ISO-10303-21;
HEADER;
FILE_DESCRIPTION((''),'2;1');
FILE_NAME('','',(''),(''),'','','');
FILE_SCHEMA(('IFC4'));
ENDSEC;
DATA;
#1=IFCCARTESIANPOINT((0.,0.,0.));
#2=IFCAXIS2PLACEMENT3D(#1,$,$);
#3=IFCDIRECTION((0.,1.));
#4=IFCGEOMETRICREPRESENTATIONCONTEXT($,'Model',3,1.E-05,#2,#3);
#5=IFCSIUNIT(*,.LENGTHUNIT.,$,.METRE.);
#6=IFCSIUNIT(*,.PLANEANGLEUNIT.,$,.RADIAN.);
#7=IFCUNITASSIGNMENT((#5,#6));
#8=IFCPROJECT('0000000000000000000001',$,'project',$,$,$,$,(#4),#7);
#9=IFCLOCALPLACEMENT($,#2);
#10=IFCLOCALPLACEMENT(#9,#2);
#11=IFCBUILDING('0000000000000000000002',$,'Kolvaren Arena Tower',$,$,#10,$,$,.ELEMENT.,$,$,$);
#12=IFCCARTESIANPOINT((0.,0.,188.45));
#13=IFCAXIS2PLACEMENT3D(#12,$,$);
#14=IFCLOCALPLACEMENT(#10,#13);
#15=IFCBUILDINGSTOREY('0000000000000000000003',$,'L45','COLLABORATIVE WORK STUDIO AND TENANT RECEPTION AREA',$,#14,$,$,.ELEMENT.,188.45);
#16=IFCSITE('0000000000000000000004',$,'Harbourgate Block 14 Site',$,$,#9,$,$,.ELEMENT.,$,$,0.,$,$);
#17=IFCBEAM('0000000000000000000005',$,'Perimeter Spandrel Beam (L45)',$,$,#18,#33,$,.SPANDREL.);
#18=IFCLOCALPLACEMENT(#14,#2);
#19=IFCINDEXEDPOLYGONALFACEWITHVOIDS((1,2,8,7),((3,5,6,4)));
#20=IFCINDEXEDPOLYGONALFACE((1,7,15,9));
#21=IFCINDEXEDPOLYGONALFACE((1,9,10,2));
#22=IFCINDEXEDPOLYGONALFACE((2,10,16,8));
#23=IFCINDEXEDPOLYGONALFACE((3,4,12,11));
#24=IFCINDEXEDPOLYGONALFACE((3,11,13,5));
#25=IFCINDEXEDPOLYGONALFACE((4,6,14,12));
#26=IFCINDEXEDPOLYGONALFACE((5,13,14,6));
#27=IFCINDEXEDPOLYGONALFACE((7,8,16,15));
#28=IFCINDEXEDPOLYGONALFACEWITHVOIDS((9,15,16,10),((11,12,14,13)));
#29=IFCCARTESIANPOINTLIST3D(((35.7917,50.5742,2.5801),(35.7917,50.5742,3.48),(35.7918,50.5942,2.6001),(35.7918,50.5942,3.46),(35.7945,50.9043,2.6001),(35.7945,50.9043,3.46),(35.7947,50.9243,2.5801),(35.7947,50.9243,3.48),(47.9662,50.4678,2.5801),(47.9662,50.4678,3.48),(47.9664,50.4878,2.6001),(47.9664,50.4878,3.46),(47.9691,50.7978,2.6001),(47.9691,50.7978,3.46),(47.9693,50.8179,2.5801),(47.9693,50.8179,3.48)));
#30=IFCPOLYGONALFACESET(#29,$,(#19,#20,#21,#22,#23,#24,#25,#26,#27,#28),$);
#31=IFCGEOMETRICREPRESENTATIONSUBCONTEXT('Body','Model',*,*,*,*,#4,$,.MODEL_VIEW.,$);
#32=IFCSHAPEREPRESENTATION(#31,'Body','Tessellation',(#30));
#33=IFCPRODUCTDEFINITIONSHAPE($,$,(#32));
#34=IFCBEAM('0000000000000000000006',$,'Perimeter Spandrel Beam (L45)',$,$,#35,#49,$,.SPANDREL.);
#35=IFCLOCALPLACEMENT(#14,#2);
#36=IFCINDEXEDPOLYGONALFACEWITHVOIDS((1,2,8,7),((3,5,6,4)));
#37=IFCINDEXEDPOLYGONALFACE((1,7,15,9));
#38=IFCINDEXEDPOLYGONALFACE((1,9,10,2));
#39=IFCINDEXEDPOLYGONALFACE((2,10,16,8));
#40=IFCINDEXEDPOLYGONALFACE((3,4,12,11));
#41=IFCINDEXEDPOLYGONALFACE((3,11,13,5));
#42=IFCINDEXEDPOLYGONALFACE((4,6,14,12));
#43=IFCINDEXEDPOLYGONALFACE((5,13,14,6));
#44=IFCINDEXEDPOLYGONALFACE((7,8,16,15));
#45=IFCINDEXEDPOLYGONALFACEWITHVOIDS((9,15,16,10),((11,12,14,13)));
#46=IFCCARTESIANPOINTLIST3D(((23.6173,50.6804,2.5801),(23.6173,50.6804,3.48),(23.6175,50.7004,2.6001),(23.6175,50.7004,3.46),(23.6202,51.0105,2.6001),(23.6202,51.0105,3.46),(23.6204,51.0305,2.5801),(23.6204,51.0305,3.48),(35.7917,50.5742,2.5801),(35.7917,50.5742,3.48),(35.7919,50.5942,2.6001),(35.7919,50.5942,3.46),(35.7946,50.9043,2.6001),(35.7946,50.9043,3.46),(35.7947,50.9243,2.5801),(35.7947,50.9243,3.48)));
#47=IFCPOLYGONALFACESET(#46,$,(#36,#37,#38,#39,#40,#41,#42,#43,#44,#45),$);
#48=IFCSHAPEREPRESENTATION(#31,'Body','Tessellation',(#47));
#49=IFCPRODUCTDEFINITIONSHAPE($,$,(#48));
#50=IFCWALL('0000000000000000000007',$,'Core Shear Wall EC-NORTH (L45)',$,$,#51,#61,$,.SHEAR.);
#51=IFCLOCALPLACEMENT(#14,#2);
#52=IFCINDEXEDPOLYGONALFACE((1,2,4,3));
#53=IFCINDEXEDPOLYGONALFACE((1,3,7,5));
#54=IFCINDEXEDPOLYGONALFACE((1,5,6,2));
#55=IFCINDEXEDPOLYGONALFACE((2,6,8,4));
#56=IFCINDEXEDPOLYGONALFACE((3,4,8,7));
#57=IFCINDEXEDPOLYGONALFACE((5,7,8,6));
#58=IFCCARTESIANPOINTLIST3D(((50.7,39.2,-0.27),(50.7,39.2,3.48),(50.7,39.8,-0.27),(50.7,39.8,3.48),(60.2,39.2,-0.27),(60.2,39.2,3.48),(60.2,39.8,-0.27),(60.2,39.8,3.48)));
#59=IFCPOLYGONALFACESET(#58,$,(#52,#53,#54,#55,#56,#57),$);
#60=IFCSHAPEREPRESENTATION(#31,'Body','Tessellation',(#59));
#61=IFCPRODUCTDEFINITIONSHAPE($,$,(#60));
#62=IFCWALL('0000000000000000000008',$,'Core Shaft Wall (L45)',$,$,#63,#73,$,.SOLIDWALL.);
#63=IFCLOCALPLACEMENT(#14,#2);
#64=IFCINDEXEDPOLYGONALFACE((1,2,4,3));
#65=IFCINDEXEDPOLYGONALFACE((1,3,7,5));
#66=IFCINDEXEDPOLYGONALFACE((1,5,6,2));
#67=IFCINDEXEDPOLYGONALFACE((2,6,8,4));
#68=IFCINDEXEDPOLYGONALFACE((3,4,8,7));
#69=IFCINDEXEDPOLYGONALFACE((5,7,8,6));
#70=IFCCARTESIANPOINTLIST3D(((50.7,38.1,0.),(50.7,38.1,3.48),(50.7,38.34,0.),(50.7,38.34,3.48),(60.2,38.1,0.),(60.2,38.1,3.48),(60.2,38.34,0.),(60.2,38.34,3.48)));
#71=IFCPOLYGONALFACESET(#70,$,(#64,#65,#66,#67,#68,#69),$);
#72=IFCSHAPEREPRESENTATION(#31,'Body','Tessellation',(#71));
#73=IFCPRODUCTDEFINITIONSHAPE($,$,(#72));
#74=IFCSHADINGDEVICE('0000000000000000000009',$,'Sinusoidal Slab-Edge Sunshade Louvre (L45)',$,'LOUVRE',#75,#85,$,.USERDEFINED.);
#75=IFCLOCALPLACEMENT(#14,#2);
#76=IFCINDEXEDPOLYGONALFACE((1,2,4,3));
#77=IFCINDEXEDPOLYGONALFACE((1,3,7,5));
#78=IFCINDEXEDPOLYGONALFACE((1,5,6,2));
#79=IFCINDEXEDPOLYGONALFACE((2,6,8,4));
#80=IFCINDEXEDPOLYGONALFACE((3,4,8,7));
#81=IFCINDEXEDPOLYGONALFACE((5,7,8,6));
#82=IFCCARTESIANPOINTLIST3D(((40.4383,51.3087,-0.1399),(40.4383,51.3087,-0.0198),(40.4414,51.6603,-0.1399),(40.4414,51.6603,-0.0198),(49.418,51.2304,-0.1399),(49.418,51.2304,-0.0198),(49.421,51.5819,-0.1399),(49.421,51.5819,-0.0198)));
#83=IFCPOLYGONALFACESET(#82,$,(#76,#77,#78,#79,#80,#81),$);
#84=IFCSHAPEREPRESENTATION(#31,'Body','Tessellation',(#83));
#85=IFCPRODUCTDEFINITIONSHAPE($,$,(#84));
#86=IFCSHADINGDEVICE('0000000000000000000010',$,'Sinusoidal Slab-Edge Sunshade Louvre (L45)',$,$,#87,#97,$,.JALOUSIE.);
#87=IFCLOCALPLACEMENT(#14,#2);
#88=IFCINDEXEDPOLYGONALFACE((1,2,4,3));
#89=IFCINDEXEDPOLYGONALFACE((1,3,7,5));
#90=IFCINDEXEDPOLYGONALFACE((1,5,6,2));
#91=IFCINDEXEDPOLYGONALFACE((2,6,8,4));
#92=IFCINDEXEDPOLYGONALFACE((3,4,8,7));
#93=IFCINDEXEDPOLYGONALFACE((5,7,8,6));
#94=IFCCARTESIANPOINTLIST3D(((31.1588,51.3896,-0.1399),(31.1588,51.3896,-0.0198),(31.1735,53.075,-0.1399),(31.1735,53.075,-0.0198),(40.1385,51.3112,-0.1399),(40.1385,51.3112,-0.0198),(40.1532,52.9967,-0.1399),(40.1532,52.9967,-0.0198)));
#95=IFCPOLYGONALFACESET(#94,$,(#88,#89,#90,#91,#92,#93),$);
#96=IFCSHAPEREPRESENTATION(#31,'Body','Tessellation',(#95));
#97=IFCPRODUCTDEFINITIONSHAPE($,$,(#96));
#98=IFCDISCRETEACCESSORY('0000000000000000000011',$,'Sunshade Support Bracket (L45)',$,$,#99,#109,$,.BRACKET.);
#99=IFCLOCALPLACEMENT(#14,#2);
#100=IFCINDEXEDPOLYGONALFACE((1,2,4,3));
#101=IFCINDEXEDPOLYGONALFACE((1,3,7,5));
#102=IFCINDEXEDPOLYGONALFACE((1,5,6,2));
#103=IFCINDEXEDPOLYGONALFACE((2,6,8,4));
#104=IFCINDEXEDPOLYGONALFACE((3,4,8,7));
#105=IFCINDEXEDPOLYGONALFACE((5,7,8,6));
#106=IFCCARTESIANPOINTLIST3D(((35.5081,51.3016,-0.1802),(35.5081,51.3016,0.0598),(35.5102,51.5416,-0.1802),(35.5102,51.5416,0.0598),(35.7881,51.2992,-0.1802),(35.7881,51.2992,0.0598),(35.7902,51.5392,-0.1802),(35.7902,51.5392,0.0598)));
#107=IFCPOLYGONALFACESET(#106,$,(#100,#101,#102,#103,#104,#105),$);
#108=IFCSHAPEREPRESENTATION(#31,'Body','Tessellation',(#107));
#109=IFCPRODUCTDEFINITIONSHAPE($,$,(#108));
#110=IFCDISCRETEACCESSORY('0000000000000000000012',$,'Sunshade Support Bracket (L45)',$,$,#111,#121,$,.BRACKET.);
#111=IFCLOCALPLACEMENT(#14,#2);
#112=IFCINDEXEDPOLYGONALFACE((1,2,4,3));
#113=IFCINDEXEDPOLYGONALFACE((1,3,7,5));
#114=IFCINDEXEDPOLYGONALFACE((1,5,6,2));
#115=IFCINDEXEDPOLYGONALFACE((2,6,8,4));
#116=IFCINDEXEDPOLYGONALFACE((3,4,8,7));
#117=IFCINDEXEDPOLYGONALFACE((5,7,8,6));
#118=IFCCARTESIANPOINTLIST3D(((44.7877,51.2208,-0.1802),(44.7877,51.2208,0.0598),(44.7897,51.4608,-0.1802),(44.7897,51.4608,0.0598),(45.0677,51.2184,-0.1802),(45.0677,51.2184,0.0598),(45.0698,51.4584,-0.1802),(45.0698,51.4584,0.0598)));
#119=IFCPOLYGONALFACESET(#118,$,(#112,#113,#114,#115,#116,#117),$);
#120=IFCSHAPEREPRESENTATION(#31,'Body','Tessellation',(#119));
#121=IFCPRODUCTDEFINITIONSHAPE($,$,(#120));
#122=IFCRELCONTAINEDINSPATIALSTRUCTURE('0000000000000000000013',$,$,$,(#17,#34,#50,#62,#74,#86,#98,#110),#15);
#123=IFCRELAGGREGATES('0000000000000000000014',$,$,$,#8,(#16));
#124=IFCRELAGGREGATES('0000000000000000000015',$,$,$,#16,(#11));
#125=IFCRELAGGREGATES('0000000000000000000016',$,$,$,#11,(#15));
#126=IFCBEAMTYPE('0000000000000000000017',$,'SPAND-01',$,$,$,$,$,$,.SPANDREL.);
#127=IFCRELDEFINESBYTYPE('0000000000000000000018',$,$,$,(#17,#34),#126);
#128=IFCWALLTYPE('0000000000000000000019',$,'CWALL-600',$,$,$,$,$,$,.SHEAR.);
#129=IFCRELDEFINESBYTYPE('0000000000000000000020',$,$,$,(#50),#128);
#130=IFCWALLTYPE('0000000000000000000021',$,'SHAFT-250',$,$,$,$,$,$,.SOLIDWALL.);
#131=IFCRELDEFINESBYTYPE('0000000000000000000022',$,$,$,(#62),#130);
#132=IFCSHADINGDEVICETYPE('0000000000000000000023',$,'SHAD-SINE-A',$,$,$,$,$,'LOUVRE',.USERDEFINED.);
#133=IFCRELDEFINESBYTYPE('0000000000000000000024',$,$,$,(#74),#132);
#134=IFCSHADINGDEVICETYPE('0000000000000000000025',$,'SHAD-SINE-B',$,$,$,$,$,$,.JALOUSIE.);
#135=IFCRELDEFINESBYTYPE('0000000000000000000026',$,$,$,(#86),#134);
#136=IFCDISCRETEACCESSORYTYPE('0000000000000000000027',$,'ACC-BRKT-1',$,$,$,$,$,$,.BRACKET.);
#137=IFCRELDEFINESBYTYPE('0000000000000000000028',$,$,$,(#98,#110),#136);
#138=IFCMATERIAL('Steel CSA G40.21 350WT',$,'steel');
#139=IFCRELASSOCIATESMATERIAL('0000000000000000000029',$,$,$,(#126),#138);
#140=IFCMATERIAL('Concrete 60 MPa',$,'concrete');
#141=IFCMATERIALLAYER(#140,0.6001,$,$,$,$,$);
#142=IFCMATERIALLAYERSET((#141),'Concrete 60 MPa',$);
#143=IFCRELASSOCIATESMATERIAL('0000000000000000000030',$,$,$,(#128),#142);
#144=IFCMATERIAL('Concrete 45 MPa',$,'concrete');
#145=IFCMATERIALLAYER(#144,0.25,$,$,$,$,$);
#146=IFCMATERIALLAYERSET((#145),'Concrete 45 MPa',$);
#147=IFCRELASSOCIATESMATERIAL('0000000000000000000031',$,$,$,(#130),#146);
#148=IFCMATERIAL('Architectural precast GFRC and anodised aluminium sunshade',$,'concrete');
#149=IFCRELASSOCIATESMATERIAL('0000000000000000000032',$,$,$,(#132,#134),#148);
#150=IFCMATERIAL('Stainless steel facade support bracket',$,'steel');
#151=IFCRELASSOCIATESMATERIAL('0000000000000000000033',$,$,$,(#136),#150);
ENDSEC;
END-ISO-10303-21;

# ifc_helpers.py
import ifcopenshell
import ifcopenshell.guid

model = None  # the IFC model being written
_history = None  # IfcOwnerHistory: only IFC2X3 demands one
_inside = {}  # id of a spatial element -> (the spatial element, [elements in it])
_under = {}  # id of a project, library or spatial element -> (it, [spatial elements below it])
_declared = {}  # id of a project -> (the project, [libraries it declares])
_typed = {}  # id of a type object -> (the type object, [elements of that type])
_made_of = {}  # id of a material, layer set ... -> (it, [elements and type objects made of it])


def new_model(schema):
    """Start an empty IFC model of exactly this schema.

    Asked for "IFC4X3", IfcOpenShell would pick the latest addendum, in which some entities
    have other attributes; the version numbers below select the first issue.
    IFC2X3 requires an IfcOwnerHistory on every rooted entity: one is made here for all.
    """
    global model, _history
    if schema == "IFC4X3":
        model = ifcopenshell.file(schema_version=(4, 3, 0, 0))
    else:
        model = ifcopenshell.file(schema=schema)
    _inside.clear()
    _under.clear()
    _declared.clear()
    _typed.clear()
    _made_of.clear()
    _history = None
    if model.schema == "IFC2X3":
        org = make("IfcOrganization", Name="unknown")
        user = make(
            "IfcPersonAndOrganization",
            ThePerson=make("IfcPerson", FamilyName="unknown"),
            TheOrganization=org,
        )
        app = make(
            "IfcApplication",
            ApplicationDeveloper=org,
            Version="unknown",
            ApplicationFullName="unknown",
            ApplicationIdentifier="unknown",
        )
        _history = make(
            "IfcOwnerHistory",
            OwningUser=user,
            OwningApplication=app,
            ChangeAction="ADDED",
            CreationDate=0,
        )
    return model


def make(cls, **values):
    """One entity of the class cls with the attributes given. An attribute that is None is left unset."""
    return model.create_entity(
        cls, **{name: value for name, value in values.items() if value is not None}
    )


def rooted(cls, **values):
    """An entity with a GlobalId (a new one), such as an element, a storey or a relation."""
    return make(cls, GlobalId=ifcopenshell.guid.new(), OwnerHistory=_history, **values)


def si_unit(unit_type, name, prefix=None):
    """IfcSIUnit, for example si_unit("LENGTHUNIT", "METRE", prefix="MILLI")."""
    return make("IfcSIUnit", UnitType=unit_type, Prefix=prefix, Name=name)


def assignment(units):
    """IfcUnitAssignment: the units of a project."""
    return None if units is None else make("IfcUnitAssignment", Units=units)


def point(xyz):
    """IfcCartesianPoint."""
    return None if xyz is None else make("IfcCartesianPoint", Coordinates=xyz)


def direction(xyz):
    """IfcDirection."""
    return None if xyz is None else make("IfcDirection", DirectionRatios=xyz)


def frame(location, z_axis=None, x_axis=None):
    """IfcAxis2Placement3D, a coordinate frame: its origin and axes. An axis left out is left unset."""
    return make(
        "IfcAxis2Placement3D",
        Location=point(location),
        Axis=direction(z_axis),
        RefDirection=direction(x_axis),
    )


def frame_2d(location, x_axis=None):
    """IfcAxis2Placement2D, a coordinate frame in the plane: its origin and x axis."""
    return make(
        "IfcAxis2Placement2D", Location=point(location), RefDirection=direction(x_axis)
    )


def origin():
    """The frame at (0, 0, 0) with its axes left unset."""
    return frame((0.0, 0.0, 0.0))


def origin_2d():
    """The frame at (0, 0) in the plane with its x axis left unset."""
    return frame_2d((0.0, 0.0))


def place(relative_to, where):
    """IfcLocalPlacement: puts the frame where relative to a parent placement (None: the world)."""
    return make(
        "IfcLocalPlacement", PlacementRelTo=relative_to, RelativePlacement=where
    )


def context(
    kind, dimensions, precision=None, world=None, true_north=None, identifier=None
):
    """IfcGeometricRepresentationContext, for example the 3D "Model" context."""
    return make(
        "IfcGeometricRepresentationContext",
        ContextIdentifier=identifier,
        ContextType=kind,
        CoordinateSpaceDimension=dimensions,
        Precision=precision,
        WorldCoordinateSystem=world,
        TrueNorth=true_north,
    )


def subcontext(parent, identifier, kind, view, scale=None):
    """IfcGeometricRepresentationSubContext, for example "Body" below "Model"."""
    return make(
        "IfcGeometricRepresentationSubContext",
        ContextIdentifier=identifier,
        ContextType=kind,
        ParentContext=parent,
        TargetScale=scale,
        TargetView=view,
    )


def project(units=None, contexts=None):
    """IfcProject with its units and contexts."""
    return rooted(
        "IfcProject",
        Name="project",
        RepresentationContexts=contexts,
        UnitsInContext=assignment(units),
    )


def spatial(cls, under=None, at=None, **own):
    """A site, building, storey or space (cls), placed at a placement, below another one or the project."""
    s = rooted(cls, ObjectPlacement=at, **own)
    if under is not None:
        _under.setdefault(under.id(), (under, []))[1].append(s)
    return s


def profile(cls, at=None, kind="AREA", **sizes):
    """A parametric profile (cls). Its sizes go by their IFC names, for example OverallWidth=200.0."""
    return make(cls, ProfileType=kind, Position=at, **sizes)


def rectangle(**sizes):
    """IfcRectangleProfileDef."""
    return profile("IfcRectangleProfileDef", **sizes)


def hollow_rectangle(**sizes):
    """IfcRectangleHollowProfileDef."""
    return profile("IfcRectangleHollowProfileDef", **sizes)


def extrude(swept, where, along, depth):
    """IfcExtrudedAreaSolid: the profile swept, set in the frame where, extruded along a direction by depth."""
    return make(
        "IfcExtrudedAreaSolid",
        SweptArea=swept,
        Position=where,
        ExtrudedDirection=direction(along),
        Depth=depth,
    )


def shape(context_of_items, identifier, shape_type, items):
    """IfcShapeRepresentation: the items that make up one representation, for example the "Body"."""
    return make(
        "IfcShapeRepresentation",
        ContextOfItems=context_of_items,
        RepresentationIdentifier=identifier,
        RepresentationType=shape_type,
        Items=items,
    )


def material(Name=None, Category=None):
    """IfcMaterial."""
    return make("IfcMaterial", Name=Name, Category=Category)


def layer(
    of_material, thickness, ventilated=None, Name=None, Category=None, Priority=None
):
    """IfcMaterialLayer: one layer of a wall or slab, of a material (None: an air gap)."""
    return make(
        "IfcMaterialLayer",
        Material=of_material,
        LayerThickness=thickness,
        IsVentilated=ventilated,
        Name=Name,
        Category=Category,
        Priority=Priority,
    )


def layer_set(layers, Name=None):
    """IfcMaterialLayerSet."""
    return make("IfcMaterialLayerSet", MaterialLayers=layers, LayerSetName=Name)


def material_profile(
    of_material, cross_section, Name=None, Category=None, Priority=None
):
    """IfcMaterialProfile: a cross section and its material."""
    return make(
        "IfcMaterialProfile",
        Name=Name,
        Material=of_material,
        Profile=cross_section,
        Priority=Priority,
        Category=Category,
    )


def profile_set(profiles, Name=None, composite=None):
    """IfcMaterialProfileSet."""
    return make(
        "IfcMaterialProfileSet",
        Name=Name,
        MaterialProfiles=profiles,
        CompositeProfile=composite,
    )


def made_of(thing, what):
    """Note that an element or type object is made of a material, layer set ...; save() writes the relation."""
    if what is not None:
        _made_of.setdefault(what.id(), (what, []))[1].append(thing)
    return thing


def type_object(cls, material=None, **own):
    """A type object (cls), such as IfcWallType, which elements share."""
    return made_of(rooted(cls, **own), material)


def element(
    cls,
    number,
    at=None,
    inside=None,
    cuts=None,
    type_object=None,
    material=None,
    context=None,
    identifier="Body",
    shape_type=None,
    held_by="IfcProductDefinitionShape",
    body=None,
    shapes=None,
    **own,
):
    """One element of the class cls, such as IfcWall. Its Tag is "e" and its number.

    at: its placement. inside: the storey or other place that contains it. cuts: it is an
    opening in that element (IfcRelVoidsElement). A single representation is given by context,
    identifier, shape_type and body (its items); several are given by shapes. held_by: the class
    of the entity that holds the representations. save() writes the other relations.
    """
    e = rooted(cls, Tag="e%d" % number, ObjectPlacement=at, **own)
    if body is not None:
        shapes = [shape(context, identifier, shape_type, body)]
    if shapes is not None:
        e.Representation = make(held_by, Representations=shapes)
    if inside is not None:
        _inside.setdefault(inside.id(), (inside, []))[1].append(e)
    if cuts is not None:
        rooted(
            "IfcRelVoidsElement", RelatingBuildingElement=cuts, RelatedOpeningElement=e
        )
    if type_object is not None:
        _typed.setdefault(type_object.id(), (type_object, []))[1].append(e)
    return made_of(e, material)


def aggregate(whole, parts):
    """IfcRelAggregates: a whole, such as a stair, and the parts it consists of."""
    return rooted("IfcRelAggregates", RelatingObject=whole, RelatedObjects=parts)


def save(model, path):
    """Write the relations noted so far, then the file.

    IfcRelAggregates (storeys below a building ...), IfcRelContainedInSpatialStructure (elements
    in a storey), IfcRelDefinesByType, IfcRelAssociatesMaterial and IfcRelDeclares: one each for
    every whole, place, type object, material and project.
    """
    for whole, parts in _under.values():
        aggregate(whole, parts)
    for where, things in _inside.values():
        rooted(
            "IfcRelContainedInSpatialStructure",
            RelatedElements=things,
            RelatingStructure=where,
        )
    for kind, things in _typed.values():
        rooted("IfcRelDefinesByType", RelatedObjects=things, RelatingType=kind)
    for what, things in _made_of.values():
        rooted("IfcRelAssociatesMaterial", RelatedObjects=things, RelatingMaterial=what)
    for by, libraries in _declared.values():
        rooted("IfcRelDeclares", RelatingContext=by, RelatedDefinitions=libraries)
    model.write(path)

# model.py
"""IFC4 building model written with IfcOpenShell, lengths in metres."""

from ifc_helpers import new_model, si_unit, direction, frame, frame_2d, origin, origin_2d, place, context, subcontext, project, spatial, rectangle, hollow_rectangle, extrude, material, layer, layer_set, material_profile, profile_set, type_object, element, save


model = new_model("IFC4")

# Units and contexts
model_context = context("Model", 3, precision=1e-05, world=origin(), true_north=direction((0.0, 1.0)))
body_context = subcontext(model_context, "Body", "Model", "MODEL_VIEW")
ifc_project = project(units=[si_unit("LENGTHUNIT", "METRE"), si_unit("PLANEANGLEUNIT", "RADIAN")], contexts=[model_context])

# Site, building, storey
site_placement = place(None, origin())
site = spatial("IfcSite", under=ifc_project, at=site_placement, Name="Harbourgate Block 14 Site", CompositionType="ELEMENT", RefElevation=0.0)
building_placement = place(site_placement, origin())
building = spatial("IfcBuilding", under=site, at=building_placement, Name="Kolvaren Arena Tower", CompositionType="ELEMENT")
storey_placement = place(building_placement, frame((0.0, 0.0, 188.45)))
storey = spatial("IfcBuildingStorey", under=building, at=storey_placement, Name="L45", Description="COLLABORATIVE WORK STUDIO AND TENANT RECEPTION AREA", CompositionType="ELEMENT", Elevation=188.45)

# Beams
ifc_material_1 = material(Name="Steel CSA G40.21 350WT", Category="steel")
ifc_material_profile_1 = material_profile(ifc_material_1, hollow_rectangle(XDim=0.3501, YDim=0.8999, WallThickness=0.02, at=origin_2d()), Name="HSS 900x350x20")
ifc_profile_set_1 = profile_set([ifc_material_profile_1], Name="Steel CSA G40.21 350WT")
beam_type_1 = type_object("IfcBeamType", Name="SPAND-01", PredefinedType="SPANDREL", material=ifc_profile_set_1)
beam_1_placement = place(storey_placement, frame((47.9678, 50.6428, 3.03), z_axis=(-0.999962, 0.008743, 0.0), x_axis=(-0.008743, -0.999962, 0.0)))
element("IfcBeam", 1, at=beam_1_placement, inside=storey, type_object=beam_type_1, Name="Perimeter Spandrel Beam (L45)", PredefinedType="SPANDREL", context=body_context, shape_type="SweptSolid", body=[
    extrude(hollow_rectangle(XDim=0.3501, YDim=0.8999, WallThickness=0.02, at=origin_2d()), origin(), (0.0, 0.0, 1.0), 12.175),
])
beam_2_placement = place(storey_placement, frame((35.7932, 50.7493, 3.03), z_axis=(-0.999962, 0.008723, 0.0), x_axis=(-0.008723, -0.999962, 0.0)))
element("IfcBeam", 2, at=beam_2_placement, inside=storey, type_object=beam_type_1, Name="Perimeter Spandrel Beam (L45)", PredefinedType="SPANDREL", context=body_context, shape_type="SweptSolid", body=[
    extrude(hollow_rectangle(XDim=0.3501, YDim=0.8999, WallThickness=0.02, at=origin_2d()), origin(), (0.0, 0.0, 1.0), 12.1748),
])

# Walls
ifc_material_2 = material(Name="Concrete 60 MPa", Category="concrete")
ifc_layer_1 = layer(ifc_material_2, 0.6001)
ifc_layer_set_1 = layer_set([ifc_layer_1], Name="Concrete 60 MPa")
wall_type_1 = type_object("IfcWallType", Name="CWALL-600", PredefinedType="SHEAR", material=ifc_layer_set_1)
wall_1_placement = place(storey_placement, frame((50.7, 39.5, -0.27), z_axis=(0.0, 0.0, 1.0), x_axis=(1.0, 0.0, 0.0)))
element("IfcWall", 3, at=wall_1_placement, inside=storey, type_object=wall_type_1, Name="Core Shear Wall EC-NORTH (L45)", PredefinedType="SHEAR", context=body_context, shape_type="SweptSolid", body=[
    extrude(rectangle(XDim=9.5, YDim=0.6001, at=frame_2d((4.75, 0.0))), origin(), (0.0, 0.0, 1.0), 3.75),
])
ifc_material_3 = material(Name="Concrete 45 MPa", Category="concrete")
ifc_layer_2 = layer(ifc_material_3, 0.25)
ifc_layer_set_2 = layer_set([ifc_layer_2], Name="Concrete 45 MPa")
wall_type_2 = type_object("IfcWallType", Name="SHAFT-250", PredefinedType="SOLIDWALL", material=ifc_layer_set_2)
wall_2_placement = place(storey_placement, frame((50.7, 38.22, 0.0), z_axis=(0.0, 0.0, 1.0), x_axis=(1.0, 0.0, 0.0)))
element("IfcWall", 4, at=wall_2_placement, inside=storey, type_object=wall_type_2, Name="Core Shaft Wall (L45)", PredefinedType="SOLIDWALL", context=body_context, shape_type="SweptSolid", body=[
    extrude(rectangle(XDim=9.5, YDim=0.24, at=frame_2d((4.75, 0.0))), origin(), (0.0, 0.0, 1.0), 3.48),
])

# Shading devices
ifc_material_4 = material(Name="Architectural precast GFRC and anodised aluminium sunshade", Category="concrete")
shading_device_type_1 = type_object("IfcShadingDeviceType", Name="SHAD-SINE-A", ElementType="LOUVRE", PredefinedType="USERDEFINED", material=ifc_material_4)
shading_device_1_placement = place(storey_placement, frame((44.9297, 51.4453, -0.1399), z_axis=(0.0, 0.0, 1.0), x_axis=(0.999962, -0.008727, 0.0)))
element("IfcShadingDevice", 5, at=shading_device_1_placement, inside=storey, type_object=shading_device_type_1, Name="Sinusoidal Slab-Edge Sunshade Louvre (L45)", ObjectType="LOUVRE", PredefinedType="USERDEFINED", context=body_context, shape_type="SweptSolid", body=[
    extrude(rectangle(XDim=8.98, YDim=0.3516, at=origin_2d()), origin(), (0.0, 0.0, 1.0), 0.1201),
])
shading_device_type_2 = type_object("IfcShadingDeviceType", Name="SHAD-SINE-B", PredefinedType="JALOUSIE", material=ifc_material_4)
shading_device_2_placement = place(storey_placement, frame((35.656, 52.1931, -0.1399), z_axis=(0.0, 0.0, 1.0), x_axis=(0.999962, -0.008727, 0.0)))
element("IfcShadingDevice", 6, at=shading_device_2_placement, inside=storey, type_object=shading_device_type_2, Name="Sinusoidal Slab-Edge Sunshade Louvre (L45)", PredefinedType="JALOUSIE", context=body_context, shape_type="SweptSolid", body=[
    extrude(rectangle(XDim=8.98, YDim=1.6855, at=origin_2d()), origin(), (0.0, 0.0, 1.0), 0.1201),
])

# Discrete accessories
ifc_material_5 = material(Name="Stainless steel facade support bracket", Category="steel")
discrete_accessory_type = type_object("IfcDiscreteAccessoryType", Name="ACC-BRKT-1", PredefinedType="BRACKET", material=ifc_material_5)
for number, where, z_axis, x_axis, name in (
    (7, (35.6492, 51.4204, -0.1802), (0.0, 0.0, 1.0), (0.999962, -0.008727, 0.0), "Sunshade Support Bracket (L45)"),
    (8, (44.9287, 51.3396, -0.1802), (0.0, 0.0, 1.0), (0.999962, -0.008727, 0.0), "Sunshade Support Bracket (L45)"),
):
    element("IfcDiscreteAccessory", number, at=place(storey_placement, frame(where, z_axis=z_axis, x_axis=x_axis)), inside=storey, type_object=discrete_accessory_type, Name=name, PredefinedType="BRACKET", context=body_context, shape_type="SweptSolid", body=[
        extrude(rectangle(XDim=0.28, YDim=0.24, at=origin_2d()), origin(), (0.0, 0.0, 1.0), 0.24),
    ])

save(model, "model.ifc")
